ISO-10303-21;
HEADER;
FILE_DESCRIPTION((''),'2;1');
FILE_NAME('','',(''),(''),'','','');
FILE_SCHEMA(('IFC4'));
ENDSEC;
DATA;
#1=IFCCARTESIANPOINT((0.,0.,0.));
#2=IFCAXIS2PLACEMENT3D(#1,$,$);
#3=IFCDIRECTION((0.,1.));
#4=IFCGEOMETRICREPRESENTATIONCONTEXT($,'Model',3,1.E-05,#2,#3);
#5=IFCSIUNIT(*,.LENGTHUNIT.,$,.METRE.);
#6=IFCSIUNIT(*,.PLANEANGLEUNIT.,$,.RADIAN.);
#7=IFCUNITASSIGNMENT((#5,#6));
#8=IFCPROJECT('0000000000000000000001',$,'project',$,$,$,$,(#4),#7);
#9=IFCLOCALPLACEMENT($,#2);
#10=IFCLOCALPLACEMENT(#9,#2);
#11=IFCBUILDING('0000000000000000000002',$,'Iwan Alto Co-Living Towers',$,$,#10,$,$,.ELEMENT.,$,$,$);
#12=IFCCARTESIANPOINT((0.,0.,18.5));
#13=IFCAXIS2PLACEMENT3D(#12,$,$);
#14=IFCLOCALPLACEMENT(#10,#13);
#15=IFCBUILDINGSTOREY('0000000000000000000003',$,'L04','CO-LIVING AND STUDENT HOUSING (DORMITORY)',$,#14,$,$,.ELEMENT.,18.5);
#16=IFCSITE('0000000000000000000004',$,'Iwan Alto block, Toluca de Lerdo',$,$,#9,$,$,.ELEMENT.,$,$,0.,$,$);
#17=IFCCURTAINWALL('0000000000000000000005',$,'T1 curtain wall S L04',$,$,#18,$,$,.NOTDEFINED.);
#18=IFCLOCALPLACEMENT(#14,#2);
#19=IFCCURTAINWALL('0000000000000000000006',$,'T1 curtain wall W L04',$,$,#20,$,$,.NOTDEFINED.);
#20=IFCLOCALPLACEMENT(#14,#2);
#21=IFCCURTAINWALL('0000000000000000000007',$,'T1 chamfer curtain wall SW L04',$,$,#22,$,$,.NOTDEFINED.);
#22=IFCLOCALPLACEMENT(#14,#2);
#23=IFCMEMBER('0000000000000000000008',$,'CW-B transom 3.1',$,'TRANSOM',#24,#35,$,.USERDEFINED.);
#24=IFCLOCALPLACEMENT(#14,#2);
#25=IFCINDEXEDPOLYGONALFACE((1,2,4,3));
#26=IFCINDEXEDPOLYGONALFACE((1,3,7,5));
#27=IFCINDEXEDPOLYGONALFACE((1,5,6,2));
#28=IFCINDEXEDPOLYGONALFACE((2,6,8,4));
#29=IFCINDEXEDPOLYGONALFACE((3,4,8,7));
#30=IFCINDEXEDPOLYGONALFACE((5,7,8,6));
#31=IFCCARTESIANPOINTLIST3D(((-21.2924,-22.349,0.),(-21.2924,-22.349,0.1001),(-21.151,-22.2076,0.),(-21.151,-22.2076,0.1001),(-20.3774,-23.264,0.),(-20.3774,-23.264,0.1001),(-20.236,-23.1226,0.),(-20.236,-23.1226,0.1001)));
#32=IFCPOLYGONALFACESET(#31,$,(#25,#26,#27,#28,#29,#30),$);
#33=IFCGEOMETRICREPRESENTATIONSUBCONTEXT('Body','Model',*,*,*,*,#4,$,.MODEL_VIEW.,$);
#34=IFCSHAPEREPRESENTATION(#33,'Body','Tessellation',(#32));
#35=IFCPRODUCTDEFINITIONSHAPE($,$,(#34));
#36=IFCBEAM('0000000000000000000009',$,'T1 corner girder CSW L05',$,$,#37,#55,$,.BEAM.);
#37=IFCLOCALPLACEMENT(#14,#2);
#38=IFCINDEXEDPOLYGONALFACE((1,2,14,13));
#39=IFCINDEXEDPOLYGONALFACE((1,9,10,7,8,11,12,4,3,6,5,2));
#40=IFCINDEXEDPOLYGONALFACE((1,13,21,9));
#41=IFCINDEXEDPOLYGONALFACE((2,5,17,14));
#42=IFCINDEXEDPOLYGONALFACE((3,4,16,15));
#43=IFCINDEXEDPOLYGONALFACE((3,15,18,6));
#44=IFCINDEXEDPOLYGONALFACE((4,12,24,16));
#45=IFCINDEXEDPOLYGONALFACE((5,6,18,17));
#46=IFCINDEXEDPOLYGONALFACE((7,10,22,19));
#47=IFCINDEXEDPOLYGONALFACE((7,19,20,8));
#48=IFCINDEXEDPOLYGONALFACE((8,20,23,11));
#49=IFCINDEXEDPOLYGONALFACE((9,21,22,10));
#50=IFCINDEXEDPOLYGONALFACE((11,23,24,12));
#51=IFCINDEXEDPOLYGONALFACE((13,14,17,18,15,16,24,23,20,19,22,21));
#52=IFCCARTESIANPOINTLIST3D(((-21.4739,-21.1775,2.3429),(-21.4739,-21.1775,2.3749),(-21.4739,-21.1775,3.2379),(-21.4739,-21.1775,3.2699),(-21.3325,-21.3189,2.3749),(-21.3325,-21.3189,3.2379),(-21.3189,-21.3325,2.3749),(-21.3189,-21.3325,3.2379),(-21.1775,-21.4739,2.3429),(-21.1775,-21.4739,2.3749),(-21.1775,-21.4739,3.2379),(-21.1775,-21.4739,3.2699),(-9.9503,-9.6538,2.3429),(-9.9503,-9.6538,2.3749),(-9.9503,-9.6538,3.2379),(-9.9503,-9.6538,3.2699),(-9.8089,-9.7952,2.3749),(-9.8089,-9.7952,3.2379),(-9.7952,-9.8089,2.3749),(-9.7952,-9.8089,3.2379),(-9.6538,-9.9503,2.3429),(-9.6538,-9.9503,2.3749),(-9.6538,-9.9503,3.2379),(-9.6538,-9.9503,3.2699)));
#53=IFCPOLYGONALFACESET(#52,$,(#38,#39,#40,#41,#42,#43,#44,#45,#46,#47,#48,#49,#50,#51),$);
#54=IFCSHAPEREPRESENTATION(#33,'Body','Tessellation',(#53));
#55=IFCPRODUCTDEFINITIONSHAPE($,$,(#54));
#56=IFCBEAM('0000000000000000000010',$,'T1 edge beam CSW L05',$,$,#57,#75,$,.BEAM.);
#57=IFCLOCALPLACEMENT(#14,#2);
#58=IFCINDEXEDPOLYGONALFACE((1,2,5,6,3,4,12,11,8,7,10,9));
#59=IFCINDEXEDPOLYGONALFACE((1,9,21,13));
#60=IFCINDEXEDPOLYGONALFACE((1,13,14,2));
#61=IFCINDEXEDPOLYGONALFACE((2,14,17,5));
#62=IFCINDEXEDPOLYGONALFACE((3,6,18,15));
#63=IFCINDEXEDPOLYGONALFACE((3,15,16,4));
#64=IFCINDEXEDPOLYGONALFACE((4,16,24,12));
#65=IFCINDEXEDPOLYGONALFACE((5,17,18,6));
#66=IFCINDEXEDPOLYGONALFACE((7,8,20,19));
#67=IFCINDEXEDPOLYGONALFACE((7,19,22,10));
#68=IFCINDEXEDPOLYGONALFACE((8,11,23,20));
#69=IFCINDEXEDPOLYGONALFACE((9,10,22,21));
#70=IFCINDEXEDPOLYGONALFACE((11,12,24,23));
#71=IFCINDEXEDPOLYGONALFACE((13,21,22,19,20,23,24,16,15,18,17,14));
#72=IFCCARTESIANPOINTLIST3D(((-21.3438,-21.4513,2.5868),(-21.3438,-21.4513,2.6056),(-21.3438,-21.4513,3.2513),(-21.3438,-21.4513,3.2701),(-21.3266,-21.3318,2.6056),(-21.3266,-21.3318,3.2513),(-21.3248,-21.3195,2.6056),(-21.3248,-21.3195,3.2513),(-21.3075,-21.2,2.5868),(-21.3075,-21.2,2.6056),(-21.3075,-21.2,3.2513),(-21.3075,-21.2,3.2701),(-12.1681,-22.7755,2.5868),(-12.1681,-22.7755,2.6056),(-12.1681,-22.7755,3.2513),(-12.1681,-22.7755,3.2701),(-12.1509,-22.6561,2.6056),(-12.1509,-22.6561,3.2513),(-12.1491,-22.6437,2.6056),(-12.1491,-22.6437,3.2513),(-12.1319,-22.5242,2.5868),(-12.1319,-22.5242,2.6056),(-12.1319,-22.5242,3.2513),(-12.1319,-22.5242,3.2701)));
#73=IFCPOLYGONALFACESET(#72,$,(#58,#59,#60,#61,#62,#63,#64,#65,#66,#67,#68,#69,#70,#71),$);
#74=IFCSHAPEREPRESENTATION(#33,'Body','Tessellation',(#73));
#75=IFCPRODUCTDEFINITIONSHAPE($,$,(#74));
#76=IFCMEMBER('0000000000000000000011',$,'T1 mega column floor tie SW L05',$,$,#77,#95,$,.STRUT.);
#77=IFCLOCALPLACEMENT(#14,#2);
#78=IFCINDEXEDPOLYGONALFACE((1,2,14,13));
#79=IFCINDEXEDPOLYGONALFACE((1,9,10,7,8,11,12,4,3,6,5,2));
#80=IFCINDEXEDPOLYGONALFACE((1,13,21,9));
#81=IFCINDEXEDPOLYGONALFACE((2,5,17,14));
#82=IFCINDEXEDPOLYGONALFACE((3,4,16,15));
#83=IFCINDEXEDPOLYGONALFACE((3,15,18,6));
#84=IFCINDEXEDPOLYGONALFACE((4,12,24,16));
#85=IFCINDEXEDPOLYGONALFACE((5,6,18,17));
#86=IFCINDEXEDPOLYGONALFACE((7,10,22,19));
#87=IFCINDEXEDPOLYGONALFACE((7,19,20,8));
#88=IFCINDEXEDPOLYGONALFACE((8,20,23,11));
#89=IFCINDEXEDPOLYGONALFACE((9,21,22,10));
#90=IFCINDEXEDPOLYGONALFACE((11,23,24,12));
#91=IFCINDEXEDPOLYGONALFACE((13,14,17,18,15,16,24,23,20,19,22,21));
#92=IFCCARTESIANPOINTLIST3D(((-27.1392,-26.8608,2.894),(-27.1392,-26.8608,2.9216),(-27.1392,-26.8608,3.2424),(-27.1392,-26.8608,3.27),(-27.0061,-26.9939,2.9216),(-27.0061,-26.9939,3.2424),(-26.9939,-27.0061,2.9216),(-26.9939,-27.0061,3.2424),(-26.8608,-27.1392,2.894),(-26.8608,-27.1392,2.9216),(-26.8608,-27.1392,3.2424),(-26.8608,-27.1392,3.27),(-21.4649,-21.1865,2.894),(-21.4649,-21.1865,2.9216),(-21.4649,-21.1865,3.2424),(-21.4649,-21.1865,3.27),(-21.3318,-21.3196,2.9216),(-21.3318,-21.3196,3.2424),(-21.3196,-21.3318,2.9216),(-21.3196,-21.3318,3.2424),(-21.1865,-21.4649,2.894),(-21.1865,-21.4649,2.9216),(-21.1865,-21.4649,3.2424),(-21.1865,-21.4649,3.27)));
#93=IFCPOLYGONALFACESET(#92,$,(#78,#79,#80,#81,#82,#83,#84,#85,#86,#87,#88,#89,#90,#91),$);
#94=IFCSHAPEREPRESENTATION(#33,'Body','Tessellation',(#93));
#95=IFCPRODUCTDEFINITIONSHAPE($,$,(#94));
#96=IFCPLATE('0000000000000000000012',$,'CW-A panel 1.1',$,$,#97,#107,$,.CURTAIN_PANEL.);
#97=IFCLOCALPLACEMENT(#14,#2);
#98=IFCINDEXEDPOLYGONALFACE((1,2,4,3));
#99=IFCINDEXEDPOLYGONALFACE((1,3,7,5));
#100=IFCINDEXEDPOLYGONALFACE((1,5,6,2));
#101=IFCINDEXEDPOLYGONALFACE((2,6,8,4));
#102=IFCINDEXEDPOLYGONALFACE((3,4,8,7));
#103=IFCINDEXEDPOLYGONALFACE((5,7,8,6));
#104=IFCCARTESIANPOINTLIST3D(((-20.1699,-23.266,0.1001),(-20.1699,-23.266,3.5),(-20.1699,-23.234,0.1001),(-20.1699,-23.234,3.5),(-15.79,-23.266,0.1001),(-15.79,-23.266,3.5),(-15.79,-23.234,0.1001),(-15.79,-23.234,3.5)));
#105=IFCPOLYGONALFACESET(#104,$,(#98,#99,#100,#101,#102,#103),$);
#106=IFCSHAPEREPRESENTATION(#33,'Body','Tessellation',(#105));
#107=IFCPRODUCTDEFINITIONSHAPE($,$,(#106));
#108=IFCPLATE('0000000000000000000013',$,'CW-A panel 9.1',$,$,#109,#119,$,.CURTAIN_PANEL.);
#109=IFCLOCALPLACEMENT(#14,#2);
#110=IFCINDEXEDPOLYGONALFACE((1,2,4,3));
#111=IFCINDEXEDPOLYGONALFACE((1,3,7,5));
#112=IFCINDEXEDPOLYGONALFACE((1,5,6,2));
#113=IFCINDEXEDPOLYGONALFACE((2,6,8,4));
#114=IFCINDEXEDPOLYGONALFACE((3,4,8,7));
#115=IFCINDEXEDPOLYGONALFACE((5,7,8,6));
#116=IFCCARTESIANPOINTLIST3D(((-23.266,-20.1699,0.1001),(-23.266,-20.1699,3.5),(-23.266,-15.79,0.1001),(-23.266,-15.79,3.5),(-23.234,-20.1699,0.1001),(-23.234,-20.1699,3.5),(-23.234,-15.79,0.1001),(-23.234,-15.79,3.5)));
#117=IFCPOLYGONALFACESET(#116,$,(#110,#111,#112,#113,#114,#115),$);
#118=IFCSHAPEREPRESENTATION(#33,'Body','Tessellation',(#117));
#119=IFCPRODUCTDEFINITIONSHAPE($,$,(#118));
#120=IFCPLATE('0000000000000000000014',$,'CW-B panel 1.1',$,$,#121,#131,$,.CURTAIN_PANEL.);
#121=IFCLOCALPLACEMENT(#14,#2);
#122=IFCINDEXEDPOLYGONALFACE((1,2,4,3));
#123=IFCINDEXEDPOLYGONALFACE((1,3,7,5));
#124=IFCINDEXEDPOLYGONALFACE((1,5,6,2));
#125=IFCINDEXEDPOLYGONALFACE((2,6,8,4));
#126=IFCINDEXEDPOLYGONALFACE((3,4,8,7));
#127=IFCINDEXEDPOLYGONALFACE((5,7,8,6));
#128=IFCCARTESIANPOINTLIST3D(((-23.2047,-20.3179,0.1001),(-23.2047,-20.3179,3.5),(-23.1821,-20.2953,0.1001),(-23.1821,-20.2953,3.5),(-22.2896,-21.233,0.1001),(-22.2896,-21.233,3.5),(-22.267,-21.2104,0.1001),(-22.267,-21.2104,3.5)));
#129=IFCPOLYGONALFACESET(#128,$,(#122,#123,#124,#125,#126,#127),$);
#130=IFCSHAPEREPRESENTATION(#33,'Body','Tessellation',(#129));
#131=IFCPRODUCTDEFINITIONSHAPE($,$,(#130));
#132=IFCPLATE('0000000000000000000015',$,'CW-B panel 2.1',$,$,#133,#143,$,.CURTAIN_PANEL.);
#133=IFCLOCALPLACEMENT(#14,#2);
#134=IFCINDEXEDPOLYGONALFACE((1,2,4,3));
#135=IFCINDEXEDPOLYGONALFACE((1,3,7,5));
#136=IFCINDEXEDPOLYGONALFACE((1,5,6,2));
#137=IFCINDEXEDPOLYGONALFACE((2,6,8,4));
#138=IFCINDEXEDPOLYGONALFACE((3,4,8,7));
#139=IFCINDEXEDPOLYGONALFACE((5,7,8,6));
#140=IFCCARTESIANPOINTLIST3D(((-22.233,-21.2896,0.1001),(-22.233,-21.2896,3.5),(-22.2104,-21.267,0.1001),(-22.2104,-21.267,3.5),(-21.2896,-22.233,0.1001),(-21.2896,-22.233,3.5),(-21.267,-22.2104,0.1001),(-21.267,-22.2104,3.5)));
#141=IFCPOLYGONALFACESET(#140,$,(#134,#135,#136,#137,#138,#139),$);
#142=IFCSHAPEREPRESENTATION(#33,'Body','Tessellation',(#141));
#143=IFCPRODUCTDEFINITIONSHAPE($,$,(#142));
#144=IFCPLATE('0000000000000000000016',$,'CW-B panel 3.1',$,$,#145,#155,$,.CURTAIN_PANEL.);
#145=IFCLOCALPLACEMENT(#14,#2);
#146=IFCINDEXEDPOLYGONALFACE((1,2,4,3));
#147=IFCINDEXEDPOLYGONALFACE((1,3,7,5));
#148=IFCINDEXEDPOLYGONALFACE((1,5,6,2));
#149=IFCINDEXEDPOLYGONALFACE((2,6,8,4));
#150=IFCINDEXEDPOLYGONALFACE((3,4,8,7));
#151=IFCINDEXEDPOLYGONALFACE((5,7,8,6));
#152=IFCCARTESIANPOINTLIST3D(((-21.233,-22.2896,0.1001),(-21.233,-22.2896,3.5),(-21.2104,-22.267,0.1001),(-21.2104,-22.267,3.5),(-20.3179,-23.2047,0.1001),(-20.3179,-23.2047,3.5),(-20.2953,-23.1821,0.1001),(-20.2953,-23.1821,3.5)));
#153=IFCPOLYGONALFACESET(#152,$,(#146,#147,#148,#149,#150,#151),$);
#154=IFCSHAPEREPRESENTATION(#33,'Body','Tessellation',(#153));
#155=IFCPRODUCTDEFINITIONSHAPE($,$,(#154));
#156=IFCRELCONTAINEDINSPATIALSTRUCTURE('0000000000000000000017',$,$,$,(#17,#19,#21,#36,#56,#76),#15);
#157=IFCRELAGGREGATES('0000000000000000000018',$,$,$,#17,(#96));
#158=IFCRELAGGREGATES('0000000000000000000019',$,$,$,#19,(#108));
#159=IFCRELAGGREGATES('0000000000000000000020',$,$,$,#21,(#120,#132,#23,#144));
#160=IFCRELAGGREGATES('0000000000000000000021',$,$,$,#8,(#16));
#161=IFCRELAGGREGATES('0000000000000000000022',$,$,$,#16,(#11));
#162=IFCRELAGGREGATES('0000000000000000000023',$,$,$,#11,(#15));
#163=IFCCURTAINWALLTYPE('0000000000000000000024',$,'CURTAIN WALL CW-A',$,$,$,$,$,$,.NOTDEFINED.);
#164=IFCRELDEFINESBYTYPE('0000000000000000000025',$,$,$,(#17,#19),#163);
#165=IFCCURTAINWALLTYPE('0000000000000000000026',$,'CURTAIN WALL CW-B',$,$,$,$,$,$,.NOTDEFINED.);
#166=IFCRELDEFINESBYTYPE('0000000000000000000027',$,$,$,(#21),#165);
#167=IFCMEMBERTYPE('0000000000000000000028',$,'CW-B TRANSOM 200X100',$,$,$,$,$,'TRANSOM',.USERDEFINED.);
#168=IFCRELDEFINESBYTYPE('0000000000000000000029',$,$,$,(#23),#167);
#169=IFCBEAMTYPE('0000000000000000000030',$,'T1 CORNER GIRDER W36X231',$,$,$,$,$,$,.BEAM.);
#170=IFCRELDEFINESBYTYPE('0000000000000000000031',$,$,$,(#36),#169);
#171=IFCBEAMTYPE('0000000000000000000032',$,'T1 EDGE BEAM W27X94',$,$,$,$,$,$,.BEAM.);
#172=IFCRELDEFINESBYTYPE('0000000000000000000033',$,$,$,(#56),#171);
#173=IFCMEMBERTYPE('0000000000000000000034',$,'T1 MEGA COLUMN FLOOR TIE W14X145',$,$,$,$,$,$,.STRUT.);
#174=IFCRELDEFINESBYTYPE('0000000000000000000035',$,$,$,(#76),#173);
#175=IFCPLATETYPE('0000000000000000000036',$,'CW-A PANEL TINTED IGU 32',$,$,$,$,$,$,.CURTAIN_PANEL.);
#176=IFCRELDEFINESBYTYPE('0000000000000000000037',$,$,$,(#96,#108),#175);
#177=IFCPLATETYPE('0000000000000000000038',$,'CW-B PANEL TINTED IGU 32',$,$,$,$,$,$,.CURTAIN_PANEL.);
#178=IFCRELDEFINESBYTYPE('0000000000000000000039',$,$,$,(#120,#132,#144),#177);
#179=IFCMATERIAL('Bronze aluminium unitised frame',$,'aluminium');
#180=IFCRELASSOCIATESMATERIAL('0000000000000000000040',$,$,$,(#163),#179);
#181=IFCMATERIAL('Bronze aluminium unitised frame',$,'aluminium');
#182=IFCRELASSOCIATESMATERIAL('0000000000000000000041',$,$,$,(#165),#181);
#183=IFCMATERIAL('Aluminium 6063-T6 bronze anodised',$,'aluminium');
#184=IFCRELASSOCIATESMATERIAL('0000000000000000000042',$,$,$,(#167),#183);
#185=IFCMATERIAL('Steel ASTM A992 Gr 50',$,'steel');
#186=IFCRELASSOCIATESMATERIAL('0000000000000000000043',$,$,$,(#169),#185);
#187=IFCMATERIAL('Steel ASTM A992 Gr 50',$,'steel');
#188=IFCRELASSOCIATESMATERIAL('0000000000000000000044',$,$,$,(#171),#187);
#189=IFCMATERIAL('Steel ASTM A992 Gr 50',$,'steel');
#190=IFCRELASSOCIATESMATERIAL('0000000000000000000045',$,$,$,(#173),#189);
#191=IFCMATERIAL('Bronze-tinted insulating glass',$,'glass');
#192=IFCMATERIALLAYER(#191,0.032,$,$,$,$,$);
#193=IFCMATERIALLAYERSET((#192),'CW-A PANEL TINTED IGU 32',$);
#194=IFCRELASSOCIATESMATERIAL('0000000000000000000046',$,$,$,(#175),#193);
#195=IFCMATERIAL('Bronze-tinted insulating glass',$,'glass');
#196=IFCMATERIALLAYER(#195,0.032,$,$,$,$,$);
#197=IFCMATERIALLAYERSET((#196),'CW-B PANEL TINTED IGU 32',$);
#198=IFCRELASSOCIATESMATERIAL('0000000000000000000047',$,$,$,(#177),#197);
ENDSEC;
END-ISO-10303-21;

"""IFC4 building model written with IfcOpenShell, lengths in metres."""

from ifc_helpers import new_model, si_unit, direction, frame, origin, origin_2d, place, context, subcontext, project, spatial, rectangle, i_section, extrude, material, layer, layer_set, material_profile, profile_set, type_object, element, aggregate, save


model = new_model("IFC4")

# Units and contexts
model_context = context("Model", 3, precision=1e-05, world=origin(), true_north=direction((0.0, 1.0)))
body_context = subcontext(model_context, "Body", "Model", "MODEL_VIEW")
ifc_project = project(units=[si_unit("LENGTHUNIT", "METRE"), si_unit("PLANEANGLEUNIT", "RADIAN")], contexts=[model_context])

# Site, building, storey
site_placement = place(None, origin())
site = spatial("IfcSite", under=ifc_project, at=site_placement, Name="Iwan Alto block, Toluca de Lerdo", CompositionType="ELEMENT", RefElevation=0.0)
building_placement = place(site_placement, origin())
building = spatial("IfcBuilding", under=site, at=building_placement, Name="Iwan Alto Co-Living Towers", CompositionType="ELEMENT")
storey_placement = place(building_placement, frame((0.0, 0.0, 18.5)))
storey = spatial("IfcBuildingStorey", under=building, at=storey_placement, Name="L04", Description="CO-LIVING AND STUDENT HOUSING (DORMITORY)", CompositionType="ELEMENT", Elevation=18.5)

# Curtain wall
ifc_material_1 = material(Name="Bronze aluminium unitised frame", Category="aluminium")
curtain_wall_type_1 = type_object("IfcCurtainWallType", Name="CURTAIN WALL CW-A", PredefinedType="NOTDEFINED", material=ifc_material_1)
curtain_wall_1_placement = place(storey_placement, origin())
curtain_wall_1 = element("IfcCurtainWall", 1, at=curtain_wall_1_placement, inside=storey, type_object=curtain_wall_type_1, Name="T1 curtain wall S L04", PredefinedType="NOTDEFINED")

# Curtain wall
curtain_wall_2_placement = place(storey_placement, origin())
curtain_wall_2 = element("IfcCurtainWall", 2, at=curtain_wall_2_placement, inside=storey, type_object=curtain_wall_type_1, Name="T1 curtain wall W L04", PredefinedType="NOTDEFINED")

# Curtain wall, member
ifc_material_2 = material(Name="Bronze aluminium unitised frame", Category="aluminium")
curtain_wall_type_2 = type_object("IfcCurtainWallType", Name="CURTAIN WALL CW-B", PredefinedType="NOTDEFINED", material=ifc_material_2)
curtain_wall_3_placement = place(storey_placement, origin())
curtain_wall_3 = element("IfcCurtainWall", 3, at=curtain_wall_3_placement, inside=storey, type_object=curtain_wall_type_2, Name="T1 chamfer curtain wall SW L04", PredefinedType="NOTDEFINED")
ifc_material_3 = material(Name="Aluminium 6063-T6 bronze anodised", Category="aluminium")
ifc_material_profile_1 = material_profile(ifc_material_3, rectangle(XDim=0.2, YDim=0.1001, at=origin_2d()), Name="AL 200X100")
ifc_profile_set_1 = profile_set([ifc_material_profile_1], Name="Aluminium 6063-T6 bronze anodised")
member_type_1 = type_object("IfcMemberType", Name="CW-B TRANSOM 200X100", ElementType="TRANSOM", PredefinedType="USERDEFINED", material=ifc_profile_set_1)
member_1_placement = place(storey_placement, frame((-21.2217, -22.2783, 0.05), z_axis=(0.707107, -0.707107, 0.0), x_axis=(0.707107, 0.707107, 0.0)))
member_1 = element("IfcMember", 4, at=member_1_placement, type_object=member_type_1, Name="CW-B transom 3.1", ObjectType="TRANSOM", PredefinedType="USERDEFINED", context=body_context, shape_type="SweptSolid", body=[
    extrude(rectangle(XDim=0.2, YDim=0.1001, at=origin_2d()), origin(), (0.0, 0.0, 1.0), 1.2939),
])

# Beams
ifc_material_4 = material(Name="Steel ASTM A992 Gr 50", Category="steel")
ifc_material_profile_2 = material_profile(ifc_material_4, i_section(OverallWidth=0.4192, OverallDepth=0.927, WebThickness=0.0193, FlangeThickness=0.032, at=origin_2d()), Name="W36X231")
ifc_profile_set_2 = profile_set([ifc_material_profile_2], Name="Steel ASTM A992 Gr 50")
beam_type_1 = type_object("IfcBeamType", Name="T1 CORNER GIRDER W36X231", PredefinedType="BEAM", material=ifc_profile_set_2)
beam_1_placement = place(storey_placement, frame((-21.3257, -21.3257, 2.8064), z_axis=(0.707107, 0.707107, 0.0), x_axis=(-0.707107, 0.707107, 0.0)))
element("IfcBeam", 5, at=beam_1_placement, inside=storey, type_object=beam_type_1, Name="T1 corner girder CSW L05", PredefinedType="BEAM", context=body_context, shape_type="SweptSolid", body=[
    extrude(i_section(OverallWidth=0.4192, OverallDepth=0.927, WebThickness=0.0193, FlangeThickness=0.032, at=origin_2d()), origin(), (0.0, 0.0, 1.0), 16.2969),
])
ifc_material_5 = material(Name="Steel ASTM A992 Gr 50", Category="steel")
ifc_material_profile_3 = material_profile(ifc_material_5, i_section(OverallWidth=0.2539, OverallDepth=0.6833, WebThickness=0.0125, FlangeThickness=0.0188, at=origin_2d()), Name="W27X94")
ifc_profile_set_3 = profile_set([ifc_material_profile_3], Name="Steel ASTM A992 Gr 50")
beam_type_2 = type_object("IfcBeamType", Name="T1 EDGE BEAM W27X94", PredefinedType="BEAM", material=ifc_profile_set_3)
beam_2_placement = place(storey_placement, frame((-21.3257, -21.3257, 2.9285), z_axis=(0.989746, -0.142837, 0.0), x_axis=(0.142837, 0.989746, 0.0)))
element("IfcBeam", 6, at=beam_2_placement, inside=storey, type_object=beam_type_2, Name="T1 edge beam CSW L05", PredefinedType="BEAM", context=body_context, shape_type="SweptSolid", body=[
    extrude(i_section(OverallWidth=0.2539, OverallDepth=0.6833, WebThickness=0.0125, FlangeThickness=0.0188, at=origin_2d()), origin(), (0.0, 0.0, 1.0), 9.2708),
])

# Member
ifc_material_6 = material(Name="Steel ASTM A992 Gr 50", Category="steel")
ifc_material_profile_4 = material_profile(ifc_material_6, i_section(OverallWidth=0.3938, OverallDepth=0.376, WebThickness=0.0173, FlangeThickness=0.0276, at=origin_2d()), Name="W14X145")
ifc_profile_set_4 = profile_set([ifc_material_profile_4], Name="Steel ASTM A992 Gr 50")
member_type_2 = type_object("IfcMemberType", Name="T1 MEGA COLUMN FLOOR TIE W14X145", PredefinedType="STRUT", material=ifc_profile_set_4)
member_2_placement = place(storey_placement, frame((-27.0, -27.0, 3.082), z_axis=(0.707107, 0.707107, 0.0), x_axis=(-0.707107, 0.707107, 0.0)))
element("IfcMember", 7, at=member_2_placement, inside=storey, type_object=member_type_2, Name="T1 mega column floor tie SW L05", PredefinedType="STRUT", context=body_context, shape_type="SweptSolid", body=[
    extrude(i_section(OverallWidth=0.3938, OverallDepth=0.376, WebThickness=0.0173, FlangeThickness=0.0276, at=origin_2d()), origin(), (0.0, 0.0, 1.0), 8.0247),
])

# Plates
ifc_material_7 = material(Name="Bronze-tinted insulating glass", Category="glass")
ifc_layer_1 = layer(ifc_material_7, 0.032)
ifc_layer_set_1 = layer_set([ifc_layer_1], Name="CW-A PANEL TINTED IGU 32")
plate_type_1 = type_object("IfcPlateType", Name="CW-A PANEL TINTED IGU 32", PredefinedType="CURTAIN_PANEL", material=ifc_layer_set_1)
plate_1_placement = place(storey_placement, frame((-17.98, -23.25, 0.1001), z_axis=(0.0, 0.0, 1.0), x_axis=(1.0, 0.0, 0.0)))
plate_1 = element("IfcPlate", 8, at=plate_1_placement, type_object=plate_type_1, Name="CW-A panel 1.1", PredefinedType="CURTAIN_PANEL", context=body_context, shape_type="SweptSolid", body=[
    extrude(rectangle(XDim=4.3799, YDim=0.032, at=origin_2d()), origin(), (0.0, 0.0, 1.0), 3.3999),
])
aggregate(curtain_wall_1, [plate_1])
plate_2_placement = place(storey_placement, frame((-23.25, -17.98, 0.1001), z_axis=(0.0, 0.0, 1.0), x_axis=(0.0, -1.0, 0.0)))
plate_2 = element("IfcPlate", 9, at=plate_2_placement, type_object=plate_type_1, Name="CW-A panel 9.1", PredefinedType="CURTAIN_PANEL", context=body_context, shape_type="SweptSolid", body=[
    extrude(rectangle(XDim=4.3799, YDim=0.032, at=origin_2d()), origin(), (0.0, 0.0, 1.0), 3.3999),
])
aggregate(curtain_wall_2, [plate_2])
ifc_material_8 = material(Name="Bronze-tinted insulating glass", Category="glass")
ifc_layer_2 = layer(ifc_material_8, 0.032)
ifc_layer_set_2 = layer_set([ifc_layer_2], Name="CW-B PANEL TINTED IGU 32")
plate_type_2 = type_object("IfcPlateType", Name="CW-B PANEL TINTED IGU 32", PredefinedType="CURTAIN_PANEL", material=ifc_layer_set_2)
plate_3_placement = place(storey_placement, frame((-22.7358, -20.7642, 0.1001), z_axis=(0.0, 0.0, 1.0), x_axis=(0.707107, -0.707107, 0.0)))
plate_3 = element("IfcPlate", 10, at=plate_3_placement, type_object=plate_type_2, Name="CW-B panel 1.1", PredefinedType="CURTAIN_PANEL", context=body_context, shape_type="SweptSolid", body=[
    extrude(rectangle(XDim=1.2942, YDim=0.032, at=origin_2d()), origin(), (0.0, 0.0, 1.0), 3.3999),
])
plate_4_placement = place(storey_placement, frame((-21.75, -21.75, 0.1001), z_axis=(0.0, 0.0, 1.0), x_axis=(0.707107, -0.707107, 0.0)))
plate_4 = element("IfcPlate", 11, at=plate_4_placement, type_object=plate_type_2, Name="CW-B panel 2.1", PredefinedType="CURTAIN_PANEL", context=body_context, shape_type="SweptSolid", body=[
    extrude(rectangle(XDim=1.3342, YDim=0.032, at=origin_2d()), origin(), (0.0, 0.0, 1.0), 3.3999),
])
plate_5_placement = place(storey_placement, frame((-20.7642, -22.7358, 0.1001), z_axis=(0.0, 0.0, 1.0), x_axis=(0.707107, -0.707107, 0.0)))
plate_5 = element("IfcPlate", 12, at=plate_5_placement, type_object=plate_type_2, Name="CW-B panel 3.1", PredefinedType="CURTAIN_PANEL", context=body_context, shape_type="SweptSolid", body=[
    extrude(rectangle(XDim=1.2942, YDim=0.032, at=origin_2d()), origin(), (0.0, 0.0, 1.0), 3.3999),
])
aggregate(curtain_wall_3, [plate_3, plate_4, member_1, plate_5])

save(model, "model.ifc")
